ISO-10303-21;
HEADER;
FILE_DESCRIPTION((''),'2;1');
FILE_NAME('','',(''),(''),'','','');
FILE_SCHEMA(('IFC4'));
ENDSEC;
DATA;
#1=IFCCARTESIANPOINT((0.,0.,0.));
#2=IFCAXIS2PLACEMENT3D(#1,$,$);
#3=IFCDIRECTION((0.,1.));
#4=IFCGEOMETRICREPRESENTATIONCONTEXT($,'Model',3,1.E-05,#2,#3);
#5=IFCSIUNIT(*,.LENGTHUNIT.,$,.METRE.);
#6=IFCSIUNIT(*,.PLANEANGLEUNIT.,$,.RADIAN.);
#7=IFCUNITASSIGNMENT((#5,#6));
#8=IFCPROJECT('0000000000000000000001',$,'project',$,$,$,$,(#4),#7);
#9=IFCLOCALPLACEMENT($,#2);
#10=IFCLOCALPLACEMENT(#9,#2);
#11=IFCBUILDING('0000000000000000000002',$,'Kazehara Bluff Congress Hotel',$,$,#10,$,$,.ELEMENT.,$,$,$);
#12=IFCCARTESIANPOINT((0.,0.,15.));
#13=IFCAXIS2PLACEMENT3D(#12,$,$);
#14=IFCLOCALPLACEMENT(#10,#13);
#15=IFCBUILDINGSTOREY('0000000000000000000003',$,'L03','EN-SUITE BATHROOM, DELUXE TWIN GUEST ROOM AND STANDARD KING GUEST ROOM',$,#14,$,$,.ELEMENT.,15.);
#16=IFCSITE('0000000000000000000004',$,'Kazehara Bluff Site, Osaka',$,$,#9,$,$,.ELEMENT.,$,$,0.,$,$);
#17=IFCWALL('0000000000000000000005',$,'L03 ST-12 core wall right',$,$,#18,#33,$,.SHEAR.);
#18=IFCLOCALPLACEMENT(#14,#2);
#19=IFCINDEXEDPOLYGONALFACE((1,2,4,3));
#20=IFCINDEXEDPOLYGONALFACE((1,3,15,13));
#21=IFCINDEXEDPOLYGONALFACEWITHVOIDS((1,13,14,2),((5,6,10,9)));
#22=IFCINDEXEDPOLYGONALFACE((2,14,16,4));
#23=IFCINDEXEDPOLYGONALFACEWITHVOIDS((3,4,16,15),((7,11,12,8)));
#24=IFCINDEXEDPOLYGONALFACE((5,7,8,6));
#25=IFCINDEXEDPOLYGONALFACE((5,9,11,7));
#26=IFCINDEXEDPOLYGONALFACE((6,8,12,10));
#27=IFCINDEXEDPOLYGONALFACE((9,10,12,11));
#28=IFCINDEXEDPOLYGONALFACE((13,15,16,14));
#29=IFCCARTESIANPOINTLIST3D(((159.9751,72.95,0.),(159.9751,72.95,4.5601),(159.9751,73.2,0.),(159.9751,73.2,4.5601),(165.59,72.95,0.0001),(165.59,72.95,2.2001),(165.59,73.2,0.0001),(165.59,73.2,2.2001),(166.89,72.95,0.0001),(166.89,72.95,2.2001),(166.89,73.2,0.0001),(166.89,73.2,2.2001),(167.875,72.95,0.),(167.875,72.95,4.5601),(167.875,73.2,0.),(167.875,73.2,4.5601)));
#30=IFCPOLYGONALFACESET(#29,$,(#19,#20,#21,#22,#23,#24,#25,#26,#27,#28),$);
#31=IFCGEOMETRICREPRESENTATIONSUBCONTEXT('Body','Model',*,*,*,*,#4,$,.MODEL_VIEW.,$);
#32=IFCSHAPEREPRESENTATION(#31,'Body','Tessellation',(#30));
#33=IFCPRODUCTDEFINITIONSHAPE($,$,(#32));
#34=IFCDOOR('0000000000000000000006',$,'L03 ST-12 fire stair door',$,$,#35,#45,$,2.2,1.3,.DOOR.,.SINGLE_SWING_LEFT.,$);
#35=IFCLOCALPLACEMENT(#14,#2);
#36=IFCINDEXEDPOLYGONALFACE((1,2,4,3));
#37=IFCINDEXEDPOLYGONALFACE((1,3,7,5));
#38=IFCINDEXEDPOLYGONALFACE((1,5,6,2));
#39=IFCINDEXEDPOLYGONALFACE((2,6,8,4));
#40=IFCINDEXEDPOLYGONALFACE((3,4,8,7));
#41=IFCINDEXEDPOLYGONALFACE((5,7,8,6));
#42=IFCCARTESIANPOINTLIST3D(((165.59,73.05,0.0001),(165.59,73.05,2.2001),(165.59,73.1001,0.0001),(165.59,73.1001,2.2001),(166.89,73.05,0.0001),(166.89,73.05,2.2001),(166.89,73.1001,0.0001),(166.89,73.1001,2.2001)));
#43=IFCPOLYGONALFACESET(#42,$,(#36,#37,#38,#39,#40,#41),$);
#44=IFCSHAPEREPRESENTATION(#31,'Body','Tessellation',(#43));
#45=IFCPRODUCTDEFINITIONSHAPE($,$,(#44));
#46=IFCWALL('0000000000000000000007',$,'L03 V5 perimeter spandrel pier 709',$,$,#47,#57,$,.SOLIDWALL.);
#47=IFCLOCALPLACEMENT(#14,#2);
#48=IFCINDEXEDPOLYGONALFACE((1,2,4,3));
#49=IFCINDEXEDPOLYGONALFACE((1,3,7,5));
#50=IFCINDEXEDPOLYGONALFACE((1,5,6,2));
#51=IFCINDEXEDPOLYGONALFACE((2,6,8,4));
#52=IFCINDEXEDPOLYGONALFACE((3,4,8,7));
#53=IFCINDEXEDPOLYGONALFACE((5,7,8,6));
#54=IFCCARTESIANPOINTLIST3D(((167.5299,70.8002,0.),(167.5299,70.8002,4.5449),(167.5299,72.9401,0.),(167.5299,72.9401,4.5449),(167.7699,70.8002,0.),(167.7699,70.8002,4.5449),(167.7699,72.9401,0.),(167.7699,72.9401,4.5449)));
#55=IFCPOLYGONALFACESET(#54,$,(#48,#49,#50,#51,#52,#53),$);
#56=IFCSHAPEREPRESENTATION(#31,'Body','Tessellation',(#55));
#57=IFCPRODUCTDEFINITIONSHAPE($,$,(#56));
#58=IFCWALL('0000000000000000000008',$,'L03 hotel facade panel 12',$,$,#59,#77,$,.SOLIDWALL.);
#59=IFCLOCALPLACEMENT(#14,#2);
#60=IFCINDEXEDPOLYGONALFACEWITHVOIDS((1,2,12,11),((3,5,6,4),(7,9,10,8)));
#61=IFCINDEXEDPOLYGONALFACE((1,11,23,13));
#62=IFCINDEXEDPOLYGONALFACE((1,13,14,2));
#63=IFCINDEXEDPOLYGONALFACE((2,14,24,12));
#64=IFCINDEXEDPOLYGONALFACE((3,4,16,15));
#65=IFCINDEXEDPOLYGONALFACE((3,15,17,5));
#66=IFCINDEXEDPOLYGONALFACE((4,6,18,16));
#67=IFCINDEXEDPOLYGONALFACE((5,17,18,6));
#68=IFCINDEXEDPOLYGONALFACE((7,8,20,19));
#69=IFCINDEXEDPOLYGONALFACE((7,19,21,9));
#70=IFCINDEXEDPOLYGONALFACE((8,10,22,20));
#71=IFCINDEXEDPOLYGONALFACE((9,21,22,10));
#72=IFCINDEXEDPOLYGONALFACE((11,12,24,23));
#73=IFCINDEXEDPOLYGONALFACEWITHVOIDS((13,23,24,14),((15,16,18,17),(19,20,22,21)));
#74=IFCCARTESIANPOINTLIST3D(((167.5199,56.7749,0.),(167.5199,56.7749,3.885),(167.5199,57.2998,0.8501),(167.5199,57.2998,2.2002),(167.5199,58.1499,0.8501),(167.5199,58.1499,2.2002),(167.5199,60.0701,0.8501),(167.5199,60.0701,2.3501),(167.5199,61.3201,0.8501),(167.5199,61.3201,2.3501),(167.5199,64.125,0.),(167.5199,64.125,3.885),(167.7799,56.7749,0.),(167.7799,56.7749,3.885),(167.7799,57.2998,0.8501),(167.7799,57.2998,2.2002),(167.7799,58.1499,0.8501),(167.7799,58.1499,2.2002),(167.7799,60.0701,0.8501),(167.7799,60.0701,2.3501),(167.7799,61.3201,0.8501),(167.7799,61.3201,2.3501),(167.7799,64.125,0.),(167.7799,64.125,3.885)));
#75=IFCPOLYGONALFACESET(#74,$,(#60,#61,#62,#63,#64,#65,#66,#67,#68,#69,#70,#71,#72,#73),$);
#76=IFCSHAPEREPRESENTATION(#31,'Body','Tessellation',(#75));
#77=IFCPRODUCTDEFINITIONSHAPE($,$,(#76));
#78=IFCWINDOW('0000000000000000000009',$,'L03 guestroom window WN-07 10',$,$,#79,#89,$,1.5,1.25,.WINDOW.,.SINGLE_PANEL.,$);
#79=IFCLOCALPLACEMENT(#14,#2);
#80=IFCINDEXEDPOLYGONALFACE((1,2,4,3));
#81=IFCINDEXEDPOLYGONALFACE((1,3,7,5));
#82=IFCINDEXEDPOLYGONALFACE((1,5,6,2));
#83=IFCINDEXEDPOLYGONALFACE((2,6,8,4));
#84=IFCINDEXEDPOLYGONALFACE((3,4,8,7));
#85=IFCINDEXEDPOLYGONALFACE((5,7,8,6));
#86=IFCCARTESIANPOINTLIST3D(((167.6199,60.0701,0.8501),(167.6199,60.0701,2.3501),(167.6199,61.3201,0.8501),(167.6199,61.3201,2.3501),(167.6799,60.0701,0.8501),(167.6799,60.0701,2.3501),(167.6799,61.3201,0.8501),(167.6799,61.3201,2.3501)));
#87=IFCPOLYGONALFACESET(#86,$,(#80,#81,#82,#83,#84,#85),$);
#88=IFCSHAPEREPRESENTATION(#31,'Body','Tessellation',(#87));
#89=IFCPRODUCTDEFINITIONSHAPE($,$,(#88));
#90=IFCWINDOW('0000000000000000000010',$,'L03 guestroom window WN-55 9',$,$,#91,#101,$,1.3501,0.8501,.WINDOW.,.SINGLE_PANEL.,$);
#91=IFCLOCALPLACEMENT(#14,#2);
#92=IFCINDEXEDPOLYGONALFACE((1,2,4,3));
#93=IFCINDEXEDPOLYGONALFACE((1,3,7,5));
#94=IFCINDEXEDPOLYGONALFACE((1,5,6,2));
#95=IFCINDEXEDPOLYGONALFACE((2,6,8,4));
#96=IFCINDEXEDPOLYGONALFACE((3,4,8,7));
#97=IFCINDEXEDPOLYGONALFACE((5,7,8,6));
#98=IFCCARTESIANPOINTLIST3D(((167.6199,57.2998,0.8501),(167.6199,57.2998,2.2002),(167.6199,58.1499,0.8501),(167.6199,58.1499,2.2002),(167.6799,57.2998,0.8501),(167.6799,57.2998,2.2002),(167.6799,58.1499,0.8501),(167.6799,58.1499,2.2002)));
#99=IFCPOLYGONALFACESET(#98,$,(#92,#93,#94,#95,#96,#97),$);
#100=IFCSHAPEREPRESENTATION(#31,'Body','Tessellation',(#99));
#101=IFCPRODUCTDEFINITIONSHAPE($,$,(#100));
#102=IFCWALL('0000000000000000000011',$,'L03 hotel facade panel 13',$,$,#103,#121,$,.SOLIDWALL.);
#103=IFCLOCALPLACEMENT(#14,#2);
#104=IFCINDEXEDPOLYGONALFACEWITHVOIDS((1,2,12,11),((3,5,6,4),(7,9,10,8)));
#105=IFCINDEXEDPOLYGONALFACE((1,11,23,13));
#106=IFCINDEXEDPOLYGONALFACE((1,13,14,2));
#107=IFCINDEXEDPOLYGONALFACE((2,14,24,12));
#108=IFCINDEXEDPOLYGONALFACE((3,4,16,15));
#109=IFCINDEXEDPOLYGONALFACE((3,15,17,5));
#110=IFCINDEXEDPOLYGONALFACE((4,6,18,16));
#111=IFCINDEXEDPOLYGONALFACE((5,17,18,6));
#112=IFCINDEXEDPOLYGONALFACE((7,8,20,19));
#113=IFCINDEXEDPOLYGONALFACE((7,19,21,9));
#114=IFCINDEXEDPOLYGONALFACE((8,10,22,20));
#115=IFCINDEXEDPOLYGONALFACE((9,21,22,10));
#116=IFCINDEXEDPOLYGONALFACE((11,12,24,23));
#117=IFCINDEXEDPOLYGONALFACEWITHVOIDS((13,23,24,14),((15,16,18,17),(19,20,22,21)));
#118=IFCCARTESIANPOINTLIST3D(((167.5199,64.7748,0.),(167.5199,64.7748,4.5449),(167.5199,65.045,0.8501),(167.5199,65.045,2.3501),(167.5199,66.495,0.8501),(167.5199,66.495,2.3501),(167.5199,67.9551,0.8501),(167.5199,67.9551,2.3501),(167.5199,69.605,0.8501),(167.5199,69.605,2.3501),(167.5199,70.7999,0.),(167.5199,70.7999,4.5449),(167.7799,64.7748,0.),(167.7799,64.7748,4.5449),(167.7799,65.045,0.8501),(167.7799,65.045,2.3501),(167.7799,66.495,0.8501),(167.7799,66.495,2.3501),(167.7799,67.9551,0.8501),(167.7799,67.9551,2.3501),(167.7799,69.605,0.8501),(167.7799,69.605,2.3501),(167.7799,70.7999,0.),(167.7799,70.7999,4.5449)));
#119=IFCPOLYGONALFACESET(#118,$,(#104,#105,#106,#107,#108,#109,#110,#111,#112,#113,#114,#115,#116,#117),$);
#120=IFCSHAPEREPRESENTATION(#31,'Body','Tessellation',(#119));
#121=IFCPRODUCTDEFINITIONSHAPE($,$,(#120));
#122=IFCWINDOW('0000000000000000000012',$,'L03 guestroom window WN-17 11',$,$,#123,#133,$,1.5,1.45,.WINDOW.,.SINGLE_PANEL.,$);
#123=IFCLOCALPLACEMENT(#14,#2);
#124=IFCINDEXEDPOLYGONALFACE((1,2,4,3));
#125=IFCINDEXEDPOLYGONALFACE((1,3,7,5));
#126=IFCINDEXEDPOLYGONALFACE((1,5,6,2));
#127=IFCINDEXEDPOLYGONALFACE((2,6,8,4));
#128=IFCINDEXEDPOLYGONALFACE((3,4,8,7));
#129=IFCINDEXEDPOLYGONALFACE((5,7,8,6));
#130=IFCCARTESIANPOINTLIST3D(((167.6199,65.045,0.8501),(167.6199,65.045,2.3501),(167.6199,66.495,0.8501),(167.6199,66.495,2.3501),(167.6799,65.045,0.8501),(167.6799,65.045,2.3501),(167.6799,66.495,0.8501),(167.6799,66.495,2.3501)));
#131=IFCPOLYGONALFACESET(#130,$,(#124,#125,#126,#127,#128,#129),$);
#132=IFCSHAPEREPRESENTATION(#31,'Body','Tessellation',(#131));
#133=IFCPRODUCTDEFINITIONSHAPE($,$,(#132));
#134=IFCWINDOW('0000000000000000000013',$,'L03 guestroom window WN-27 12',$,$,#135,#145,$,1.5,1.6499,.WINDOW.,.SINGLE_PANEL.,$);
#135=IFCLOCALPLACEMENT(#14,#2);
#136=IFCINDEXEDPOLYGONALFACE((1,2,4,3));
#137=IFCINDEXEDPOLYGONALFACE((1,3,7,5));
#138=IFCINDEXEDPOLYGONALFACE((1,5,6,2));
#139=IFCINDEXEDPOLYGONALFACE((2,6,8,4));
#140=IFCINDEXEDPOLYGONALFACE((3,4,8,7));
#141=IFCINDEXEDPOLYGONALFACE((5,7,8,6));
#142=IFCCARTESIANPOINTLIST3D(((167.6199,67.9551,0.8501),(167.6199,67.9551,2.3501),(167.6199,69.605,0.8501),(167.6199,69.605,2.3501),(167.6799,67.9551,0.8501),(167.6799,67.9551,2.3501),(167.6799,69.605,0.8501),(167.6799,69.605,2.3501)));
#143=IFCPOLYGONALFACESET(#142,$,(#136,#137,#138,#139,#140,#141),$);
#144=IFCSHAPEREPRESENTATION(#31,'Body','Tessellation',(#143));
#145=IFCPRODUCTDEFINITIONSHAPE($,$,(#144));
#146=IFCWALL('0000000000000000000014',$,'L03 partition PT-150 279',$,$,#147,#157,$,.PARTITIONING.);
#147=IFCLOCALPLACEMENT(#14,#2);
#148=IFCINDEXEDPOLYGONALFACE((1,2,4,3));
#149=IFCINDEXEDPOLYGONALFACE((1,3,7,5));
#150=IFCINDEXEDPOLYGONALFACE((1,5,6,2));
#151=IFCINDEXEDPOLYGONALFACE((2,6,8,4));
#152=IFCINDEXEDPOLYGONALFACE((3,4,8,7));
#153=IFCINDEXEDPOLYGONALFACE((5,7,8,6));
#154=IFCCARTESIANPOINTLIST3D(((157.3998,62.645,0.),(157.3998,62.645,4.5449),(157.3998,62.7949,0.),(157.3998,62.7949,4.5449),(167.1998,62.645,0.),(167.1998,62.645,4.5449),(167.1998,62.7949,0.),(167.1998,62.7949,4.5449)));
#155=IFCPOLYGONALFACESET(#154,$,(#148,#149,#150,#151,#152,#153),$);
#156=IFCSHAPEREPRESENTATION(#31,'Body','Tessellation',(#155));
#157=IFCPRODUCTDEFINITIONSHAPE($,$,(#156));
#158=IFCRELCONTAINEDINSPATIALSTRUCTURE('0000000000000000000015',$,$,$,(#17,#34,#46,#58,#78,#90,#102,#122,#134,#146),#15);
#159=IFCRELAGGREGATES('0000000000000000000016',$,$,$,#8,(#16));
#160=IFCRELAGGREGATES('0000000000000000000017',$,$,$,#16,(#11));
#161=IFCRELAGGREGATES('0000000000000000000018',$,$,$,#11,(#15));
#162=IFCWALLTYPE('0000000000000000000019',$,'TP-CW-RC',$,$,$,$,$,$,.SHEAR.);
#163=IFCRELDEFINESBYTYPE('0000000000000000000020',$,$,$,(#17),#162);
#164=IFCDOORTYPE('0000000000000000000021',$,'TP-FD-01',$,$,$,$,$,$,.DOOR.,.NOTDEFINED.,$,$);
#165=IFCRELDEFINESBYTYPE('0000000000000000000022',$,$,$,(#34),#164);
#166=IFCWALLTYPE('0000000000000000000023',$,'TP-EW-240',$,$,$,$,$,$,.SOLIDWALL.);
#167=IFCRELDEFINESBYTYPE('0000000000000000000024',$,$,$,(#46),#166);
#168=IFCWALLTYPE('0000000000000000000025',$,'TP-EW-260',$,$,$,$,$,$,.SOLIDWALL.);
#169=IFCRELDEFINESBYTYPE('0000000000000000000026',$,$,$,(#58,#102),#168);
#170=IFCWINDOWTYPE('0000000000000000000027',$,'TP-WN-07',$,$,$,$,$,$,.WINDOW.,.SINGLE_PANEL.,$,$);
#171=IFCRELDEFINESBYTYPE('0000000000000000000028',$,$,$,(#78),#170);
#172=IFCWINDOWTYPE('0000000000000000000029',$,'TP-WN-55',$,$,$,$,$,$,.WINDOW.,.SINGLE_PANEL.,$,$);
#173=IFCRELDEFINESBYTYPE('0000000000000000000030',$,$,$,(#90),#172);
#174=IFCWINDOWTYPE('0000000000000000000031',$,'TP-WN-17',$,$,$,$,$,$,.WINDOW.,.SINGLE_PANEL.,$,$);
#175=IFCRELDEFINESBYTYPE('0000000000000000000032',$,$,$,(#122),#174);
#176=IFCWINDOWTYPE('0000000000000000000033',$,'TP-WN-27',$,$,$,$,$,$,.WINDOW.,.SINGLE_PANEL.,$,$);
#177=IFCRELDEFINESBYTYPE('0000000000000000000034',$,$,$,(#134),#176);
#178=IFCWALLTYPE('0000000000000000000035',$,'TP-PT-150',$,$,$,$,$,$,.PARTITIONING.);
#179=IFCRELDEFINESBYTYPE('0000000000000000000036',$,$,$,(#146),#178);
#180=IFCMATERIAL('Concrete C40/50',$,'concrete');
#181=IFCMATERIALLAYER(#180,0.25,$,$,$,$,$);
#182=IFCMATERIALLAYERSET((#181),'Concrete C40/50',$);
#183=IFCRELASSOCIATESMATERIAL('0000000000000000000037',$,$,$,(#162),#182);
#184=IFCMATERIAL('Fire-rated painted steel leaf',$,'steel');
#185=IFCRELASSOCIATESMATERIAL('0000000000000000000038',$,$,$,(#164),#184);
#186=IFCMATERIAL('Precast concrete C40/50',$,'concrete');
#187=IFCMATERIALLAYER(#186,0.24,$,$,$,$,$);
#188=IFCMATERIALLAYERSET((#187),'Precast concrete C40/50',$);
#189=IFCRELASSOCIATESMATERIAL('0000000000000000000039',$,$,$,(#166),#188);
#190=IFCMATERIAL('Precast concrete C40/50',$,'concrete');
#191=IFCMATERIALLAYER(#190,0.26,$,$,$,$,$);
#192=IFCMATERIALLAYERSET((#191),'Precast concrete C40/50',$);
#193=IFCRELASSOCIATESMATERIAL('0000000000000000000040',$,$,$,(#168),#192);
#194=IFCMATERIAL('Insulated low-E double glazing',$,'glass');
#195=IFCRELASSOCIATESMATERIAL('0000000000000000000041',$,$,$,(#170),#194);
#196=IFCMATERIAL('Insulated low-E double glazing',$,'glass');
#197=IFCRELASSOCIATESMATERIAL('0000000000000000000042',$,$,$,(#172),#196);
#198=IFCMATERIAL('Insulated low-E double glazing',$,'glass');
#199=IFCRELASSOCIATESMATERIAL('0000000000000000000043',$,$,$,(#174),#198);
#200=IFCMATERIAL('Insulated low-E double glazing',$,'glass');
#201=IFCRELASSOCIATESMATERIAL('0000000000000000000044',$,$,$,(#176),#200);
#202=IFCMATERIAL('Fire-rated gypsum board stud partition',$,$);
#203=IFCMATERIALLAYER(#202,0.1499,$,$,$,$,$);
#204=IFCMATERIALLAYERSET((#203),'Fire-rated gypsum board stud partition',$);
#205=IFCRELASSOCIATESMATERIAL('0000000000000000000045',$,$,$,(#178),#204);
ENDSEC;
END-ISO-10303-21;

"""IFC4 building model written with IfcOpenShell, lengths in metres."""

from ifc_helpers import new_model, si_unit, direction, frame, frame_2d, origin, place, context, subcontext, project, spatial, rectangle, extrude, material, layer, layer_set, type_object, element, fill, save


model = new_model("IFC4")

# Units and contexts
model_context = context("Model", 3, precision=1e-05, world=origin(), true_north=direction((0.0, 1.0)))
body_context = subcontext(model_context, "Body", "Model", "MODEL_VIEW")
ifc_project = project(units=[si_unit("LENGTHUNIT", "METRE"), si_unit("PLANEANGLEUNIT", "RADIAN")], contexts=[model_context])

# Site, building, storey
site_placement = place(None, origin())
site = spatial("IfcSite", under=ifc_project, at=site_placement, Name="Kazehara Bluff Site, Osaka", CompositionType="ELEMENT", RefElevation=0.0)
building_placement = place(site_placement, origin())
building = spatial("IfcBuilding", under=site, at=building_placement, Name="Kazehara Bluff Congress Hotel", CompositionType="ELEMENT")
storey_placement = place(building_placement, frame((0.0, 0.0, 15.0)))
storey = spatial("IfcBuildingStorey", under=building, at=storey_placement, Name="L03", Description="EN-SUITE BATHROOM, DELUXE TWIN GUEST ROOM AND STANDARD KING GUEST ROOM", CompositionType="ELEMENT", Elevation=15.0)

# Shared definitions
ifc_material_1 = material(Name="Concrete C40/50", Category="concrete")
ifc_layer_1 = layer(ifc_material_1, 0.25)
ifc_layer_set_1 = layer_set([ifc_layer_1], Name="Concrete C40/50")
wall_type_1 = type_object("IfcWallType", Name="TP-CW-RC", PredefinedType="SHEAR", material=ifc_layer_set_1)

# Wall, opening, door
wall_1_placement = place(storey_placement, frame((167.875, 73.075, 0.0), z_axis=(0.0, 0.0, 1.0), x_axis=(-1.0, 0.0, 0.0)))
wall_1 = element("IfcWall", 1, at=wall_1_placement, inside=storey, type_object=wall_type_1, Name="L03 ST-12 core wall right", PredefinedType="SHEAR", context=body_context, shape_type="SweptSolid", body=[
    extrude(rectangle(XDim=7.8999, YDim=0.25, at=frame_2d((3.95, 0.0))), origin(), (0.0, 0.0, 1.0), 4.5601),
])
opening_1_placement = place(wall_1_placement, frame((0.9851, 0.0, 0.0)))
opening_1 = element("IfcOpeningElement", 2, at=opening_1_placement, cuts=wall_1, PredefinedType="OPENING", context=body_context, shape_type="SweptSolid", body=[
    extrude(rectangle(XDim=1.3, YDim=2.2, at=frame_2d((0.6499, 1.1001))), frame((0.0, 0.135, 0.0), z_axis=(0.0, -1.0, 0.0), x_axis=(1.0, 0.0, 0.0)), (0.0, 0.0, 1.0), 0.27),
])
ifc_material_2 = material(Name="Fire-rated painted steel leaf", Category="steel")
door_type_1 = type_object("IfcDoorType", Name="TP-FD-01", OperationType="NOTDEFINED", PredefinedType="DOOR", material=ifc_material_2)
door_1_placement = place(opening_1_placement, origin())
door_1 = element("IfcDoor", 3, at=door_1_placement, inside=storey, type_object=door_type_1, Name="L03 ST-12 fire stair door", OperationType="SINGLE_SWING_LEFT", OverallHeight=2.2, OverallWidth=1.3, PredefinedType="DOOR", context=body_context, shape_type="SweptSolid", body=[
    extrude(rectangle(XDim=1.3, YDim=2.2, at=frame_2d((0.6499, 1.1001))), frame((0.0, 0.0249, 0.0), z_axis=(0.0, -1.0, 0.0), x_axis=(1.0, 0.0, 0.0)), (0.0, 0.0, 1.0), 0.05),
])
fill(opening_1, door_1)

# Wall
ifc_material_3 = material(Name="Precast concrete C40/50", Category="concrete")
ifc_layer_2 = layer(ifc_material_3, 0.24)
ifc_layer_set_2 = layer_set([ifc_layer_2], Name="Precast concrete C40/50")
wall_type_2 = type_object("IfcWallType", Name="TP-EW-240", PredefinedType="SOLIDWALL", material=ifc_layer_set_2)
wall_2_placement = place(storey_placement, frame((167.6499, 72.9399, 0.0), z_axis=(0.0, 0.0, 1.0), x_axis=(0.0, -1.0, 0.0)))
element("IfcWall", 4, at=wall_2_placement, inside=storey, type_object=wall_type_2, Name="L03 V5 perimeter spandrel pier 709", PredefinedType="SOLIDWALL", context=body_context, shape_type="SweptSolid", body=[
    extrude(rectangle(XDim=2.1399, YDim=0.24, at=frame_2d((1.0698, 0.0))), origin(), (0.0, 0.0, 1.0), 4.5449),
])

# Walls, openings, windows
ifc_material_4 = material(Name="Precast concrete C40/50", Category="concrete")
ifc_layer_3 = layer(ifc_material_4, 0.26)
ifc_layer_set_3 = layer_set([ifc_layer_3], Name="Precast concrete C40/50")
wall_type_3 = type_object("IfcWallType", Name="TP-EW-260", PredefinedType="SOLIDWALL", material=ifc_layer_set_3)
wall_3_placement = place(storey_placement, frame((167.6499, 64.125, 0.0), z_axis=(0.0, 0.0, 1.0), x_axis=(0.0, -1.0, 0.0)))
wall_3 = element("IfcWall", 5, at=wall_3_placement, inside=storey, type_object=wall_type_3, Name="L03 hotel facade panel 12", PredefinedType="SOLIDWALL", context=body_context, shape_type="SweptSolid", body=[
    extrude(rectangle(XDim=7.3501, YDim=0.26, at=frame_2d((3.675, 0.0))), origin(), (0.0, 0.0, 1.0), 3.885),
])
opening_2_placement = place(wall_3_placement, frame((5.9751, 0.0, 0.8501)))
opening_2 = element("IfcOpeningElement", 6, at=opening_2_placement, cuts=wall_3, PredefinedType="OPENING", context=body_context, shape_type="SweptSolid", body=[
    extrude(rectangle(XDim=0.8501, YDim=1.3501, at=frame_2d((0.425, 0.675))), frame((0.0, 0.1399, 0.0), z_axis=(0.0, -1.0, 0.0), x_axis=(1.0, 0.0, 0.0)), (0.0, 0.0, 1.0), 0.28),
])
opening_3_placement = place(wall_3_placement, frame((2.8049, 0.0, 0.8501)))
opening_3 = element("IfcOpeningElement", 7, at=opening_3_placement, cuts=wall_3, PredefinedType="OPENING", context=body_context, shape_type="SweptSolid", body=[
    extrude(rectangle(XDim=1.25, YDim=1.5, at=frame_2d((0.625, 0.75))), frame((0.0, 0.1399, 0.0), z_axis=(0.0, -1.0, 0.0), x_axis=(1.0, 0.0, 0.0)), (0.0, 0.0, 1.0), 0.28),
])
ifc_material_5 = material(Name="Insulated low-E double glazing", Category="glass")
window_type_1 = type_object("IfcWindowType", Name="TP-WN-07", PartitioningType="SINGLE_PANEL", PredefinedType="WINDOW", material=ifc_material_5)
window_1_placement = place(opening_3_placement, origin())
window_1 = element("IfcWindow", 8, at=window_1_placement, inside=storey, type_object=window_type_1, Name="L03 guestroom window WN-07 10", OverallHeight=1.5, OverallWidth=1.25, PartitioningType="SINGLE_PANEL", PredefinedType="WINDOW", context=body_context, shape_type="SweptSolid", body=[
    extrude(rectangle(XDim=1.25, YDim=1.5, at=frame_2d((0.625, 0.75))), frame((0.0, 0.03, 0.0), z_axis=(0.0, -1.0, 0.0), x_axis=(1.0, 0.0, 0.0)), (0.0, 0.0, 1.0), 0.0601),
])
fill(opening_3, window_1)
ifc_material_6 = material(Name="Insulated low-E double glazing", Category="glass")
window_type_2 = type_object("IfcWindowType", Name="TP-WN-55", PartitioningType="SINGLE_PANEL", PredefinedType="WINDOW", material=ifc_material_6)
window_2_placement = place(opening_2_placement, origin())
window_2 = element("IfcWindow", 9, at=window_2_placement, inside=storey, type_object=window_type_2, Name="L03 guestroom window WN-55 9", OverallHeight=1.3501, OverallWidth=0.8501, PartitioningType="SINGLE_PANEL", PredefinedType="WINDOW", context=body_context, shape_type="SweptSolid", body=[
    extrude(rectangle(XDim=0.8501, YDim=1.3501, at=frame_2d((0.425, 0.675))), frame((0.0, 0.03, 0.0), z_axis=(0.0, -1.0, 0.0), x_axis=(1.0, 0.0, 0.0)), (0.0, 0.0, 1.0), 0.0601),
])
fill(opening_2, window_2)
wall_4_placement = place(storey_placement, frame((167.6499, 70.8, 0.0), z_axis=(0.0, 0.0, 1.0), x_axis=(0.0, -1.0, 0.0)))
wall_4 = element("IfcWall", 10, at=wall_4_placement, inside=storey, type_object=wall_type_3, Name="L03 hotel facade panel 13", PredefinedType="SOLIDWALL", context=body_context, shape_type="SweptSolid", body=[
    extrude(rectangle(XDim=6.0251, YDim=0.26, at=frame_2d((3.0127, 0.0))), origin(), (0.0, 0.0, 1.0), 4.5449),
])
opening_4_placement = place(wall_4_placement, frame((4.3049, 0.0, 0.8501)))
opening_4 = element("IfcOpeningElement", 11, at=opening_4_placement, cuts=wall_4, PredefinedType="OPENING", context=body_context, shape_type="SweptSolid", body=[
    extrude(rectangle(XDim=1.45, YDim=1.5, at=frame_2d((0.7251, 0.75))), frame((0.0, 0.1399, 0.0), z_axis=(0.0, -1.0, 0.0), x_axis=(1.0, 0.0, 0.0)), (0.0, 0.0, 1.0), 0.28),
])
opening_5_placement = place(wall_4_placement, frame((1.1951, 0.0, 0.8501)))
opening_5 = element("IfcOpeningElement", 12, at=opening_5_placement, cuts=wall_4, PredefinedType="OPENING", context=body_context, shape_type="SweptSolid", body=[
    extrude(rectangle(XDim=1.6499, YDim=1.5, at=frame_2d((0.825, 0.75))), frame((0.0, 0.1399, 0.0), z_axis=(0.0, -1.0, 0.0), x_axis=(1.0, 0.0, 0.0)), (0.0, 0.0, 1.0), 0.28),
])
ifc_material_7 = material(Name="Insulated low-E double glazing", Category="glass")
window_type_3 = type_object("IfcWindowType", Name="TP-WN-17", PartitioningType="SINGLE_PANEL", PredefinedType="WINDOW", material=ifc_material_7)
window_3_placement = place(opening_4_placement, origin())
window_3 = element("IfcWindow", 13, at=window_3_placement, inside=storey, type_object=window_type_3, Name="L03 guestroom window WN-17 11", OverallHeight=1.5, OverallWidth=1.45, PartitioningType="SINGLE_PANEL", PredefinedType="WINDOW", context=body_context, shape_type="SweptSolid", body=[
    extrude(rectangle(XDim=1.45, YDim=1.5, at=frame_2d((0.7251, 0.75))), frame((0.0, 0.03, 0.0), z_axis=(0.0, -1.0, 0.0), x_axis=(1.0, 0.0, 0.0)), (0.0, 0.0, 1.0), 0.0601),
])
fill(opening_4, window_3)
ifc_material_8 = material(Name="Insulated low-E double glazing", Category="glass")
window_type_4 = type_object("IfcWindowType", Name="TP-WN-27", PartitioningType="SINGLE_PANEL", PredefinedType="WINDOW", material=ifc_material_8)
window_4_placement = place(opening_5_placement, origin())
window_4 = element("IfcWindow", 14, at=window_4_placement, inside=storey, type_object=window_type_4, Name="L03 guestroom window WN-27 12", OverallHeight=1.5, OverallWidth=1.6499, PartitioningType="SINGLE_PANEL", PredefinedType="WINDOW", context=body_context, shape_type="SweptSolid", body=[
    extrude(rectangle(XDim=1.6499, YDim=1.5, at=frame_2d((0.825, 0.75))), frame((0.0, 0.03, 0.0), z_axis=(0.0, -1.0, 0.0), x_axis=(1.0, 0.0, 0.0)), (0.0, 0.0, 1.0), 0.0601),
])
fill(opening_5, window_4)

# Wall
ifc_material_9 = material(Name="Fire-rated gypsum board stud partition")
ifc_layer_4 = layer(ifc_material_9, 0.1499)
ifc_layer_set_4 = layer_set([ifc_layer_4], Name="Fire-rated gypsum board stud partition")
wall_type_4 = type_object("IfcWallType", Name="TP-PT-150", PredefinedType="PARTITIONING", material=ifc_layer_set_4)
wall_5_placement = place(storey_placement, frame((157.3999, 62.72, 0.0), z_axis=(0.0, 0.0, 1.0), x_axis=(1.0, 0.0, 0.0)))
element("IfcWall", 15, at=wall_5_placement, inside=storey, type_object=wall_type_4, Name="L03 partition PT-150 279", PredefinedType="PARTITIONING", context=body_context, shape_type="SweptSolid", body=[
    extrude(rectangle(XDim=9.8, YDim=0.1499, at=frame_2d((4.8999, 0.0))), origin(), (0.0, 0.0, 1.0), 4.5449),
])

save(model, "model.ifc")
